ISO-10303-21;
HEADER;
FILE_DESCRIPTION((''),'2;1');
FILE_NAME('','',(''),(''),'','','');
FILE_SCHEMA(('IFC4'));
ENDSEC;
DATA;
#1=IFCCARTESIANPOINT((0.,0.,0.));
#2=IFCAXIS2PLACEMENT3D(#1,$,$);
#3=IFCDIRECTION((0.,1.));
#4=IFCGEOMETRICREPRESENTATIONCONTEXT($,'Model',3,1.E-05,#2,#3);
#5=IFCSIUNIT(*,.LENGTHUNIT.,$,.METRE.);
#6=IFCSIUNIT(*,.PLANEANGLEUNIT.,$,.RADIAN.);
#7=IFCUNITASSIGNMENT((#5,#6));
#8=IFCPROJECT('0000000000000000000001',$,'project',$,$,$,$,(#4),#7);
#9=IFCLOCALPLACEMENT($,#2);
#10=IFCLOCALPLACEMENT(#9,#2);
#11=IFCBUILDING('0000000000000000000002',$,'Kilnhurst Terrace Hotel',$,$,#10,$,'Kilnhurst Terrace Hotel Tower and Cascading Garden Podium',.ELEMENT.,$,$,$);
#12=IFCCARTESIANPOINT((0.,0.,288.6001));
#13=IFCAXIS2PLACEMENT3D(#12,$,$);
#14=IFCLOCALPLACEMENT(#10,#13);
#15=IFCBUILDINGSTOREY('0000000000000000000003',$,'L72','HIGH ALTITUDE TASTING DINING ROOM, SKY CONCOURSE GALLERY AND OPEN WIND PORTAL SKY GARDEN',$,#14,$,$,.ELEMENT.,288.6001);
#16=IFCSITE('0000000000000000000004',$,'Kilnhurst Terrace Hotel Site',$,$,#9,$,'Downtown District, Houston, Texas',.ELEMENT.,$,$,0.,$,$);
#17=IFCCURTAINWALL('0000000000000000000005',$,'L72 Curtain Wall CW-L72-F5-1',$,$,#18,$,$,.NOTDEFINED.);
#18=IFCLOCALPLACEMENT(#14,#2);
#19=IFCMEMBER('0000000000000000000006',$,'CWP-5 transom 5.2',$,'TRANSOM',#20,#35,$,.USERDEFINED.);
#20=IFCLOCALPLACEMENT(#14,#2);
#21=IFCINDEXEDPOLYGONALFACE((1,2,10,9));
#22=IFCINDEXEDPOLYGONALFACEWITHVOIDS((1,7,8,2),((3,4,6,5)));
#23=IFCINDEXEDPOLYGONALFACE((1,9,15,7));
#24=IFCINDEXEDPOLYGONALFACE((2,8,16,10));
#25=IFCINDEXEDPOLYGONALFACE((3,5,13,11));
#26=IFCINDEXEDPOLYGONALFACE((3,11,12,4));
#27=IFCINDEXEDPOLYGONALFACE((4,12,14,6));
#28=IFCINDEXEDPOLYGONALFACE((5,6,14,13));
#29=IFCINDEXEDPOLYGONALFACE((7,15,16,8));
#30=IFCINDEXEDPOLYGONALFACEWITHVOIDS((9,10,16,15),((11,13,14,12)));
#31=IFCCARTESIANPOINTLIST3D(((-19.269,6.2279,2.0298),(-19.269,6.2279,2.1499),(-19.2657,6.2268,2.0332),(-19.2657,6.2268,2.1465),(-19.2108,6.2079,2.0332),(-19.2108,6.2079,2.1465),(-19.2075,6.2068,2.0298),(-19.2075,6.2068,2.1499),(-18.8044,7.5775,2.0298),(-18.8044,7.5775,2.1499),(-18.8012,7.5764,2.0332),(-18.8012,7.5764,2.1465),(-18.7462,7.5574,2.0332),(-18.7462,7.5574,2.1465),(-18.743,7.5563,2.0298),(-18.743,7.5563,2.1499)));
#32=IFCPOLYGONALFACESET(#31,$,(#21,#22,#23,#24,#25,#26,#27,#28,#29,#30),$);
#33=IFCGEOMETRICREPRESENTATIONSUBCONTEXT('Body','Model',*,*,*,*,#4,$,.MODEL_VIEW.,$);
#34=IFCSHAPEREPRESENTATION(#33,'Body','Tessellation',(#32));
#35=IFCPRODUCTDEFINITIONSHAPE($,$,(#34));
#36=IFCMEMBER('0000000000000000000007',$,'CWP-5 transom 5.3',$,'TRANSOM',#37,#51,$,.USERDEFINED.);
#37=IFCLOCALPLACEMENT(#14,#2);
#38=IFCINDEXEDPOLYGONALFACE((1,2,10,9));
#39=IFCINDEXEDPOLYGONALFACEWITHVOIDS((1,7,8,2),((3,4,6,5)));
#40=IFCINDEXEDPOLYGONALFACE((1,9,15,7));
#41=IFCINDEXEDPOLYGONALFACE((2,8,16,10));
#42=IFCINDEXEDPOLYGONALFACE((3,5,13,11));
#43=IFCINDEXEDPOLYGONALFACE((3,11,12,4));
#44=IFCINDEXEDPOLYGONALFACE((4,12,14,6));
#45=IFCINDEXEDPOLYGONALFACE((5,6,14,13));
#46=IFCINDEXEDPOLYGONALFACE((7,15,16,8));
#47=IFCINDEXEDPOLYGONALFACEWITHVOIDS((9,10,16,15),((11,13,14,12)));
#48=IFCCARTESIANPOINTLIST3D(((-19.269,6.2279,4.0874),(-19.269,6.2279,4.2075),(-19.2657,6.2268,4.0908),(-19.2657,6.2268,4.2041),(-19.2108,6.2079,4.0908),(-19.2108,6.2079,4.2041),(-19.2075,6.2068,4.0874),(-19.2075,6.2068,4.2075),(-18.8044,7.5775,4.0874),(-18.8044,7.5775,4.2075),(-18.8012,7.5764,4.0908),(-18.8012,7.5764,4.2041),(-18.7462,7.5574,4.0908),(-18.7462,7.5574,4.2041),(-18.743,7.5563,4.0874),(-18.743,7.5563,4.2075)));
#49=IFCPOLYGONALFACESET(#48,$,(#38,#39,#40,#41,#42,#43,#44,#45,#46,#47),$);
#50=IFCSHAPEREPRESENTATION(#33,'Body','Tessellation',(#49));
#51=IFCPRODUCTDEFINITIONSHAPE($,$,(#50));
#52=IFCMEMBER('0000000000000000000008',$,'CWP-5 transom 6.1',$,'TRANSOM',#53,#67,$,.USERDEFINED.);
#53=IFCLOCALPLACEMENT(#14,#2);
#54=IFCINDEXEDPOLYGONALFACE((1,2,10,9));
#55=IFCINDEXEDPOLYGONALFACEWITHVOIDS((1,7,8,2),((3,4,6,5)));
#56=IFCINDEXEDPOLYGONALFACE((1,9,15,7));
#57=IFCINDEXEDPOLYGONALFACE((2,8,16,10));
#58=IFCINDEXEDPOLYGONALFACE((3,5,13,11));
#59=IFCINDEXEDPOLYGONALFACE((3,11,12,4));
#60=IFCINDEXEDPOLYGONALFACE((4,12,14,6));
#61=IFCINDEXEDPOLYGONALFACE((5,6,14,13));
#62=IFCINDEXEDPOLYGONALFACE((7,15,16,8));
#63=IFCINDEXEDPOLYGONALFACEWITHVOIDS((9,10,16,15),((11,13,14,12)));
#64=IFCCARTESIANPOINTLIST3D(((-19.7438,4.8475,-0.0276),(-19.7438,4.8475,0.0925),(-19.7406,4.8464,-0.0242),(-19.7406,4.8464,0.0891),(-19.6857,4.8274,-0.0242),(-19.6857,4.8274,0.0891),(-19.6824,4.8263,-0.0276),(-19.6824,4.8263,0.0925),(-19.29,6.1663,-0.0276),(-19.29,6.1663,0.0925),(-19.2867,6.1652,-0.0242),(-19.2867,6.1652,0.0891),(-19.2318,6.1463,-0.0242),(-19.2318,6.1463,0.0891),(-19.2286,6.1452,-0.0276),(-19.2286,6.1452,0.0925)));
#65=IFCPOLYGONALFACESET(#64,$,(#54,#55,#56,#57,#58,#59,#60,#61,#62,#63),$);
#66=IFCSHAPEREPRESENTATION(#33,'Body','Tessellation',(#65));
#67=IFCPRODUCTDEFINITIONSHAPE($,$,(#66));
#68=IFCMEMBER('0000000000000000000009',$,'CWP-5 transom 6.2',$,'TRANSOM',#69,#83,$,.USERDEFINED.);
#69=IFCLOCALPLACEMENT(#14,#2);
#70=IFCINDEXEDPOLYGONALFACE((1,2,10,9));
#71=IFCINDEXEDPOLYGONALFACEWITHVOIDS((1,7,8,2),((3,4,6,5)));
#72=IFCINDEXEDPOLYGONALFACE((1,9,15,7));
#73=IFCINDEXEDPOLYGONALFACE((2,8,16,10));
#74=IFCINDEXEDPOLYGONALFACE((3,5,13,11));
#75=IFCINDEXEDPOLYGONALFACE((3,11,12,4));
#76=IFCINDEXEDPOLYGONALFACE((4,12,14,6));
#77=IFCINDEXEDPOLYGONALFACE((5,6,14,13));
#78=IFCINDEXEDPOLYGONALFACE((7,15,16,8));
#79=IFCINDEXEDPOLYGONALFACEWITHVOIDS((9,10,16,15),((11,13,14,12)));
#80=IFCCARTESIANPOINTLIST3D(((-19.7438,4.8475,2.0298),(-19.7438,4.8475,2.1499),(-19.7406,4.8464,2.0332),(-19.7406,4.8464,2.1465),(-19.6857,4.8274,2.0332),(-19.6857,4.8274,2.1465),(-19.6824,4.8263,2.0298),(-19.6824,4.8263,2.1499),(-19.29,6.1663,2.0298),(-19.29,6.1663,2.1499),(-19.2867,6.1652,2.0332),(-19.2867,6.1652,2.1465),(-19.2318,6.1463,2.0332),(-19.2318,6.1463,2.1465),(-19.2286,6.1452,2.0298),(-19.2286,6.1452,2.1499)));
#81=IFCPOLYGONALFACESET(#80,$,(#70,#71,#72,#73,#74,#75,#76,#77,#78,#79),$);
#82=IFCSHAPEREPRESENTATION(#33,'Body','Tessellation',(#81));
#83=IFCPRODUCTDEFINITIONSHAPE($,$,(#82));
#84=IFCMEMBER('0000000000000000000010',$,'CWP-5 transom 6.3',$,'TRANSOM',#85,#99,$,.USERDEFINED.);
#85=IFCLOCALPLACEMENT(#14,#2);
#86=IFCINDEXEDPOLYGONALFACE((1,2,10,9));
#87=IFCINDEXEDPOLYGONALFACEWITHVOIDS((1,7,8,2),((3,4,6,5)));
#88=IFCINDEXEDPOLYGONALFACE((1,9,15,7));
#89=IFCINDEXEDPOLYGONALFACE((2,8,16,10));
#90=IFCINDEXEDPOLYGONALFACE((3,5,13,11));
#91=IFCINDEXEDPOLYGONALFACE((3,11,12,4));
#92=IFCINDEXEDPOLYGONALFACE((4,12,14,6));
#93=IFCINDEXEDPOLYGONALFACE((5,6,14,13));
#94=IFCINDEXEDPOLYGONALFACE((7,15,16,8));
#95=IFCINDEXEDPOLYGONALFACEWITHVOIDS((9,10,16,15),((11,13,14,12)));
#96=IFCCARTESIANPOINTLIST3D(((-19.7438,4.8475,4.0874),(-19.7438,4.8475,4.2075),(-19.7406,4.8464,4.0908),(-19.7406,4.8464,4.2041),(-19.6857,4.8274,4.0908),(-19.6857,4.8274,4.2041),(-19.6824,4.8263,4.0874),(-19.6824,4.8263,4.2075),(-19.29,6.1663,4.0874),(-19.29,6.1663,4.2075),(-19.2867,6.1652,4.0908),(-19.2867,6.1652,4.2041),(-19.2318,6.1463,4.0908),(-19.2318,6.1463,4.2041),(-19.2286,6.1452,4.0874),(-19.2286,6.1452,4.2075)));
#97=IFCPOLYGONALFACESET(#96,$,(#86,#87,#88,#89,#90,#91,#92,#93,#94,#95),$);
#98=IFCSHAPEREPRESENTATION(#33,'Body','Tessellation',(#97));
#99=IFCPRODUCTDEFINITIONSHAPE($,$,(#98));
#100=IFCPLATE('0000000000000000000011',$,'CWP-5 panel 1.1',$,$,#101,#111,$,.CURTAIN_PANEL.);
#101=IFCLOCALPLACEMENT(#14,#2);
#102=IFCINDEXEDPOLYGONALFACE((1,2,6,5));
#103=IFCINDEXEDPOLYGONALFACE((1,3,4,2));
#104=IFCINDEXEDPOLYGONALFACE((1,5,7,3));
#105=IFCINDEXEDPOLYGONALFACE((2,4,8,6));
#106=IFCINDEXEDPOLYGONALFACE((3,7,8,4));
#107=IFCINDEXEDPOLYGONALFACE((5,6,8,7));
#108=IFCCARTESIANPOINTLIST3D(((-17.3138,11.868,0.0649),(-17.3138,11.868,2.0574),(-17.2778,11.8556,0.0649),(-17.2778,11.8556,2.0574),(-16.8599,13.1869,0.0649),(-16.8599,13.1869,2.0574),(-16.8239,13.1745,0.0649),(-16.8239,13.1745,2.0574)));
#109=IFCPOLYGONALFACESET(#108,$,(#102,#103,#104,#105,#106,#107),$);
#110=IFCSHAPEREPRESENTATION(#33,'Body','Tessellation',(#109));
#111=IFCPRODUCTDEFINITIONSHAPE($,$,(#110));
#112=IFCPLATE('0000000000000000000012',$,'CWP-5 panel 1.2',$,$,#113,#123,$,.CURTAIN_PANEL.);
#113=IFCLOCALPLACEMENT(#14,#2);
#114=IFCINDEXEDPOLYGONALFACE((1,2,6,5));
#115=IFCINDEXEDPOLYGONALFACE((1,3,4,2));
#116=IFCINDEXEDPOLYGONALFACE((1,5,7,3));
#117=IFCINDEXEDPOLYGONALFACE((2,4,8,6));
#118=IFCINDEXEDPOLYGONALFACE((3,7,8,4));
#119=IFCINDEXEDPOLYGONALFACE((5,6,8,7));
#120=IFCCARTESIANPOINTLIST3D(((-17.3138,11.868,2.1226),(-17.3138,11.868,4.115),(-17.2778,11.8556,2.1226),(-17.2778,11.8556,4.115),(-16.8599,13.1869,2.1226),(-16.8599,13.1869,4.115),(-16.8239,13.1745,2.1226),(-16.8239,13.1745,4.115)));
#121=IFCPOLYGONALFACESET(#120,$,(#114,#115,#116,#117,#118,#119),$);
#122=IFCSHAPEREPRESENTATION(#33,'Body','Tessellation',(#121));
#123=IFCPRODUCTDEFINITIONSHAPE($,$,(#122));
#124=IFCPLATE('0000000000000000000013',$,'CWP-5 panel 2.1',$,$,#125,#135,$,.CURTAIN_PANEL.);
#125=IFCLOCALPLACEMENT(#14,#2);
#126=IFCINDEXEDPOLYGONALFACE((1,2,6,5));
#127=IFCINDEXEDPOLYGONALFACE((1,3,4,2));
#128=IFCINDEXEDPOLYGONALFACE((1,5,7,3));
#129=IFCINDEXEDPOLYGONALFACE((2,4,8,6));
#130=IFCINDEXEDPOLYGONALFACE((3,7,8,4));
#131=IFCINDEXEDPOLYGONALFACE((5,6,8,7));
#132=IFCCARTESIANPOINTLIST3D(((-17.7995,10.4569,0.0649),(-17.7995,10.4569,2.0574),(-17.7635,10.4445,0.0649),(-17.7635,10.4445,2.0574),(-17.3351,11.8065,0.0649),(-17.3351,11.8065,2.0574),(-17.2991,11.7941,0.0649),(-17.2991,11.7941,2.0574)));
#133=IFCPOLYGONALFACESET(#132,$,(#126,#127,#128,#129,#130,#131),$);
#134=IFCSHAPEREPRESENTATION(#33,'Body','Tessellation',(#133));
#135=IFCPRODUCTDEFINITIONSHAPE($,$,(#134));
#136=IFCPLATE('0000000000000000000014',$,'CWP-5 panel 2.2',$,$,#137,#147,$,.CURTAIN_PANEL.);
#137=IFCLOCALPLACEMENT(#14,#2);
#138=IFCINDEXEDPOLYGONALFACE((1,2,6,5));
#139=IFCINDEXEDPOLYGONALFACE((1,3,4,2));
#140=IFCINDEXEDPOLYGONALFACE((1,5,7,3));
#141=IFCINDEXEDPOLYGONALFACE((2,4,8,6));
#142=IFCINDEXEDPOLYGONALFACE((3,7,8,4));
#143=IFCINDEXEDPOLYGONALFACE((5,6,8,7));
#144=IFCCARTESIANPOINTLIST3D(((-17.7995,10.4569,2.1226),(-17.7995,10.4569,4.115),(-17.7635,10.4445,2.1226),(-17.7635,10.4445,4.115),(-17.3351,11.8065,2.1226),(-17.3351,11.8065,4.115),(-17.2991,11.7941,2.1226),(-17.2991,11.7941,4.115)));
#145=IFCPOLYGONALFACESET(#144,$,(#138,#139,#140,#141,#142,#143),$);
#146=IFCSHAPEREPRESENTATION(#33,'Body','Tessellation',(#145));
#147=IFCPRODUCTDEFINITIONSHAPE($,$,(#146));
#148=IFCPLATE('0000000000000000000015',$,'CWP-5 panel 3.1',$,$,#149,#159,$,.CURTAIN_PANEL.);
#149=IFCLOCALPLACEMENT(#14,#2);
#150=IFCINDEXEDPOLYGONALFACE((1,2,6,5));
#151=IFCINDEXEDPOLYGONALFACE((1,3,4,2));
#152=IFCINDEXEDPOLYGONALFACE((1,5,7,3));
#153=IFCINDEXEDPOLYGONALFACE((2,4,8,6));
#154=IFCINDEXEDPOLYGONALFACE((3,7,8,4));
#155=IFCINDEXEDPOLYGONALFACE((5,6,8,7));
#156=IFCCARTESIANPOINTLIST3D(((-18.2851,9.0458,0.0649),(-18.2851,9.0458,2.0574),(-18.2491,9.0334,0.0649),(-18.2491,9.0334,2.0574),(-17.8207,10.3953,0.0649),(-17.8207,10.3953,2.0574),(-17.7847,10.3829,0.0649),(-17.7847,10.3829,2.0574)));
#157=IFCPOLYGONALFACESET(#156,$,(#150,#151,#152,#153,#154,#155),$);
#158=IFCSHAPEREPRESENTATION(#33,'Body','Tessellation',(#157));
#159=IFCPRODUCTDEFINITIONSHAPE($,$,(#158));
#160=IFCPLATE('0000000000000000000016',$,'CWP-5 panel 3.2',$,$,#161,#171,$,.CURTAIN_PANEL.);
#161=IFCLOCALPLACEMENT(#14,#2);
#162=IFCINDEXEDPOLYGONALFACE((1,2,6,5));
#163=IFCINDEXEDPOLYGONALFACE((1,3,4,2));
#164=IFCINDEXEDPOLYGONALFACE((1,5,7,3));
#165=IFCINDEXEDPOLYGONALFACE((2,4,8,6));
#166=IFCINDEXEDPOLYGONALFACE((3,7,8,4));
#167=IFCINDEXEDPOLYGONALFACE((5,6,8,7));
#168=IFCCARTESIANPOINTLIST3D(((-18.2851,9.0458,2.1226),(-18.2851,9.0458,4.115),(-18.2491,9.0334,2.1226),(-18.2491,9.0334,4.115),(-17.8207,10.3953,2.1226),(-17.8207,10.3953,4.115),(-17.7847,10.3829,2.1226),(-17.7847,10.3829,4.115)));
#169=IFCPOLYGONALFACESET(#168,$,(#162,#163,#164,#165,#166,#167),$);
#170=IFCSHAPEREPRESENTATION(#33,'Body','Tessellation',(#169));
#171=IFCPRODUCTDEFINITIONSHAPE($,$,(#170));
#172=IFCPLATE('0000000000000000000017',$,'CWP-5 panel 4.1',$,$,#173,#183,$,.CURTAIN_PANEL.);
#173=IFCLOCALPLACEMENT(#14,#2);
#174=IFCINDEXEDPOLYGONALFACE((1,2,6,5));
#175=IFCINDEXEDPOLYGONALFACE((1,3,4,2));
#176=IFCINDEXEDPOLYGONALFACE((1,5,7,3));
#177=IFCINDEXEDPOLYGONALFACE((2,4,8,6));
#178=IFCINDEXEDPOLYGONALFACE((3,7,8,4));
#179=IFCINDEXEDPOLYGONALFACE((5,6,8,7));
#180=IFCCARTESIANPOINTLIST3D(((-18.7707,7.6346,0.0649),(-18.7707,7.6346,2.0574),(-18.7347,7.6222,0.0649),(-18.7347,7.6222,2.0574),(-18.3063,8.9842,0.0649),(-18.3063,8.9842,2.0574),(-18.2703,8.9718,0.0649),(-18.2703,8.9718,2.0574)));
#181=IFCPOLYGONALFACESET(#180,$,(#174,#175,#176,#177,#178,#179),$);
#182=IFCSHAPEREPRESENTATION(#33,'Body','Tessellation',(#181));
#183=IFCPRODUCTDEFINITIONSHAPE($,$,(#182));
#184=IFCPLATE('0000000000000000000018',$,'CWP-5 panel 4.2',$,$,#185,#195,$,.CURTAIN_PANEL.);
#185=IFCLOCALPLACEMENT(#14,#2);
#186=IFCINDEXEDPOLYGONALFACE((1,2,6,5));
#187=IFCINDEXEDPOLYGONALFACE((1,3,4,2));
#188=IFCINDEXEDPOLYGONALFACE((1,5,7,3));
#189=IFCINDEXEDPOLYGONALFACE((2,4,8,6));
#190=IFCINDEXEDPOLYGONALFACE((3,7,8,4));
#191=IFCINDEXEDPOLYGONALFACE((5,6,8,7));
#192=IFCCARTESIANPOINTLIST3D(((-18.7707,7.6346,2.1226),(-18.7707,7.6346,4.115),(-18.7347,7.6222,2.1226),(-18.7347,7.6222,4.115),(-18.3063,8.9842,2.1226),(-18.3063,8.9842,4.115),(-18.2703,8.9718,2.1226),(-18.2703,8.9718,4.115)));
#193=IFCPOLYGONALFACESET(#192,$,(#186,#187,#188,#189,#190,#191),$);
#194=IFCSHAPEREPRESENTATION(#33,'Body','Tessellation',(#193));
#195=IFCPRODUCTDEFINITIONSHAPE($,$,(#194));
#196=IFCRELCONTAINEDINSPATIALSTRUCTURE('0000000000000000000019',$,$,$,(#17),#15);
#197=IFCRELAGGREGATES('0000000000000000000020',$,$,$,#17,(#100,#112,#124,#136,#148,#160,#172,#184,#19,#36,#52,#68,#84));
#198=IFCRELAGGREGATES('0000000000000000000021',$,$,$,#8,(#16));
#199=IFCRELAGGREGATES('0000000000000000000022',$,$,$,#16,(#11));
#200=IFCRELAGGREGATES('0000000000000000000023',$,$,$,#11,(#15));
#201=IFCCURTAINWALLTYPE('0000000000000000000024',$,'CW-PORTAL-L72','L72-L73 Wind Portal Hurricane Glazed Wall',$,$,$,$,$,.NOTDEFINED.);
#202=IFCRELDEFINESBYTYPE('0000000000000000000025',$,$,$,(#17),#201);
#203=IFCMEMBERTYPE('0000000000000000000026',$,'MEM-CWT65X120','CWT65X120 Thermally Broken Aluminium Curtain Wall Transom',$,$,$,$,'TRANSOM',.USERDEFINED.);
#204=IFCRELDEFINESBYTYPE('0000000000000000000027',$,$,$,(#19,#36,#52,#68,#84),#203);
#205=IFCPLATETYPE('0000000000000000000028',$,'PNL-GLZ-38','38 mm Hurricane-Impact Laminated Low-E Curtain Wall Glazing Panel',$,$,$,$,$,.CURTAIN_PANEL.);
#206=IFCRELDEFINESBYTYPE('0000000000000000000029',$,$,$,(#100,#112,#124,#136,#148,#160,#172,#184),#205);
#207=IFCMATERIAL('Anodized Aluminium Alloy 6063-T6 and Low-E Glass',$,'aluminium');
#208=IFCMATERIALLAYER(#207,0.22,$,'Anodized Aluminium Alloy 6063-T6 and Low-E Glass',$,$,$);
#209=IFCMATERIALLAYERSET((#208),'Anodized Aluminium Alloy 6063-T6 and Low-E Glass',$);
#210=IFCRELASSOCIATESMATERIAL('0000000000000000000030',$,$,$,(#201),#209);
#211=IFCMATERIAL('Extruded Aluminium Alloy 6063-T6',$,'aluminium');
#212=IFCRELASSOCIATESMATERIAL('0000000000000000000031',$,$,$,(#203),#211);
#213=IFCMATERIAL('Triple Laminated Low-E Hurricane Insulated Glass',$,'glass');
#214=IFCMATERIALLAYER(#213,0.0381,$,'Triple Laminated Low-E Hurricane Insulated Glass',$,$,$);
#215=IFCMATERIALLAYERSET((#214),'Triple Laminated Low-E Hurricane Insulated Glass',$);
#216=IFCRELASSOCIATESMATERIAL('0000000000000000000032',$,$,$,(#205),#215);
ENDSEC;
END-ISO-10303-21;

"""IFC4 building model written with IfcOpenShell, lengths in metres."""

from ifc_helpers import new_model, si_unit, direction, frame, origin, origin_2d, place, context, subcontext, project, spatial, rectangle, hollow_rectangle, extrude, material, layer, layer_set, material_profile, profile_set, type_object, element, aggregate, save


model = new_model("IFC4")

# Units and contexts
model_context = context("Model", 3, precision=1e-05, world=origin(), true_north=direction((0.0, 1.0)))
body_context = subcontext(model_context, "Body", "Model", "MODEL_VIEW")
ifc_project = project(units=[si_unit("LENGTHUNIT", "METRE"), si_unit("PLANEANGLEUNIT", "RADIAN")], contexts=[model_context])

# Site, building, storey
site_placement = place(None, origin())
site = spatial("IfcSite", under=ifc_project, at=site_placement, Name="Kilnhurst Terrace Hotel Site", LongName="Downtown District, Houston, Texas", CompositionType="ELEMENT", RefElevation=0.0)
building_placement = place(site_placement, origin())
building = spatial("IfcBuilding", under=site, at=building_placement, Name="Kilnhurst Terrace Hotel", LongName="Kilnhurst Terrace Hotel Tower and Cascading Garden Podium", CompositionType="ELEMENT")
storey_placement = place(building_placement, frame((0.0, 0.0, 288.6001)))
storey = spatial("IfcBuildingStorey", under=building, at=storey_placement, Name="L72", Description="HIGH ALTITUDE TASTING DINING ROOM, SKY CONCOURSE GALLERY AND OPEN WIND PORTAL SKY GARDEN", CompositionType="ELEMENT", Elevation=288.6001)

# Curtain wall, members, plates
ifc_material_1 = material(Name="Anodized Aluminium Alloy 6063-T6 and Low-E Glass", Category="aluminium")
ifc_layer_1 = layer(ifc_material_1, 0.22, Name="Anodized Aluminium Alloy 6063-T6 and Low-E Glass")
ifc_layer_set_1 = layer_set([ifc_layer_1], Name="Anodized Aluminium Alloy 6063-T6 and Low-E Glass")
curtain_wall_type = type_object("IfcCurtainWallType", Name="CW-PORTAL-L72", Description="L72-L73 Wind Portal Hurricane Glazed Wall", PredefinedType="NOTDEFINED", material=ifc_layer_set_1)
curtain_wall_placement = place(storey_placement, origin())
curtain_wall = element("IfcCurtainWall", 1, at=curtain_wall_placement, inside=storey, type_object=curtain_wall_type, Name="L72 Curtain Wall CW-L72-F5-1", PredefinedType="NOTDEFINED")
ifc_material_2 = material(Name="Extruded Aluminium Alloy 6063-T6", Category="aluminium")
ifc_material_profile_1 = material_profile(ifc_material_2, hollow_rectangle(XDim=0.0649, YDim=0.1201, WallThickness=0.0034, at=origin_2d()), Name="CWT65X120")
ifc_profile_set_1 = profile_set([ifc_material_profile_1], Name="Extruded Aluminium Alloy 6063-T6")
member_type_1 = type_object("IfcMemberType", Name="MEM-CWT65X120", Description="CWT65X120 Thermally Broken Aluminium Curtain Wall Transom", ElementType="TRANSOM", PredefinedType="USERDEFINED", material=ifc_profile_set_1)
member_1_placement = place(storey_placement, frame((-18.7737, 7.5669, 2.0898), z_axis=(-0.3255, -0.945542, 0.0), x_axis=(0.945542, -0.3255, 0.0)))
member_1 = element("IfcMember", 2, at=member_1_placement, type_object=member_type_1, Name="CWP-5 transom 5.2", ObjectType="TRANSOM", PredefinedType="USERDEFINED", context=body_context, shape_type="SweptSolid", body=[
    extrude(hollow_rectangle(XDim=0.0649, YDim=0.1201, WallThickness=0.0034, at=origin_2d()), origin(), (0.0, 0.0, 1.0), 1.4272),
])
member_2_placement = place(storey_placement, frame((-18.7737, 7.5669, 4.1475), z_axis=(-0.3255, -0.945542, 0.0), x_axis=(0.945542, -0.3255, 0.0)))
member_2 = element("IfcMember", 3, at=member_2_placement, type_object=member_type_1, Name="CWP-5 transom 5.3", ObjectType="TRANSOM", PredefinedType="USERDEFINED", context=body_context, shape_type="SweptSolid", body=[
    extrude(hollow_rectangle(XDim=0.0649, YDim=0.1201, WallThickness=0.0034, at=origin_2d()), origin(), (0.0, 0.0, 1.0), 1.4272),
])
member_3_placement = place(storey_placement, frame((-19.2593, 6.1558, 0.0325), z_axis=(-0.325403, -0.945576, 0.0), x_axis=(0.945576, -0.325403, 0.0)))
member_3 = element("IfcMember", 4, at=member_3_placement, type_object=member_type_1, Name="CWP-5 transom 6.1", ObjectType="TRANSOM", PredefinedType="USERDEFINED", context=body_context, shape_type="SweptSolid", body=[
    extrude(hollow_rectangle(XDim=0.0649, YDim=0.1201, WallThickness=0.0034, at=origin_2d()), origin(), (0.0, 0.0, 1.0), 1.3948),
])
member_4_placement = place(storey_placement, frame((-19.2593, 6.1558, 2.0898), z_axis=(-0.325403, -0.945576, 0.0), x_axis=(0.945576, -0.325403, 0.0)))
member_4 = element("IfcMember", 5, at=member_4_placement, type_object=member_type_1, Name="CWP-5 transom 6.2", ObjectType="TRANSOM", PredefinedType="USERDEFINED", context=body_context, shape_type="SweptSolid", body=[
    extrude(hollow_rectangle(XDim=0.0649, YDim=0.1201, WallThickness=0.0034, at=origin_2d()), origin(), (0.0, 0.0, 1.0), 1.3948),
])
member_5_placement = place(storey_placement, frame((-19.2593, 6.1558, 4.1475), z_axis=(-0.325403, -0.945576, 0.0), x_axis=(0.945576, -0.325403, 0.0)))
member_5 = element("IfcMember", 6, at=member_5_placement, type_object=member_type_1, Name="CWP-5 transom 6.3", ObjectType="TRANSOM", PredefinedType="USERDEFINED", context=body_context, shape_type="SweptSolid", body=[
    extrude(hollow_rectangle(XDim=0.0649, YDim=0.1201, WallThickness=0.0034, at=origin_2d()), origin(), (0.0, 0.0, 1.0), 1.3948),
])
ifc_material_3 = material(Name="Triple Laminated Low-E Hurricane Insulated Glass", Category="glass")
ifc_layer_2 = layer(ifc_material_3, 0.0381, Name="Triple Laminated Low-E Hurricane Insulated Glass")
ifc_layer_set_2 = layer_set([ifc_layer_2], Name="Triple Laminated Low-E Hurricane Insulated Glass")
plate_type = type_object("IfcPlateType", Name="PNL-GLZ-38", Description="38 mm Hurricane-Impact Laminated Low-E Curtain Wall Glazing Panel", PredefinedType="CURTAIN_PANEL", material=ifc_layer_set_2)
plate_1_placement = place(storey_placement, frame((-17.0688, 12.5212, 0.0649), z_axis=(0.0, 0.0, 1.0), x_axis=(-0.325397, -0.945578, 0.0)))
plate_1 = element("IfcPlate", 7, at=plate_1_placement, type_object=plate_type, Name="CWP-5 panel 1.1", PredefinedType="CURTAIN_PANEL", context=body_context, shape_type="SweptSolid", body=[
    extrude(rectangle(XDim=1.3948, YDim=0.0381, at=origin_2d()), origin(), (0.0, 0.0, 1.0), 1.9924),
])
plate_2_placement = place(storey_placement, frame((-17.0688, 12.5212, 2.1226), z_axis=(0.0, 0.0, 1.0), x_axis=(-0.325397, -0.945578, 0.0)))
plate_2 = element("IfcPlate", 8, at=plate_2_placement, type_object=plate_type, Name="CWP-5 panel 1.2", PredefinedType="CURTAIN_PANEL", context=body_context, shape_type="SweptSolid", body=[
    extrude(rectangle(XDim=1.3948, YDim=0.0381, at=origin_2d()), origin(), (0.0, 0.0, 1.0), 1.9924),
])
plate_3_placement = place(storey_placement, frame((-17.5493, 11.1255, 0.0649), z_axis=(0.0, 0.0, 1.0), x_axis=(-0.325397, -0.945578, 0.0)))
plate_3 = element("IfcPlate", 9, at=plate_3_placement, type_object=plate_type, Name="CWP-5 panel 2.1", PredefinedType="CURTAIN_PANEL", context=body_context, shape_type="SweptSolid", body=[
    extrude(rectangle(XDim=1.4272, YDim=0.0381, at=origin_2d()), origin(), (0.0, 0.0, 1.0), 1.9924),
])
plate_4_placement = place(storey_placement, frame((-17.5493, 11.1255, 2.1226), z_axis=(0.0, 0.0, 1.0), x_axis=(-0.325397, -0.945578, 0.0)))
plate_4 = element("IfcPlate", 10, at=plate_4_placement, type_object=plate_type, Name="CWP-5 panel 2.2", PredefinedType="CURTAIN_PANEL", context=body_context, shape_type="SweptSolid", body=[
    extrude(rectangle(XDim=1.4272, YDim=0.0381, at=origin_2d()), origin(), (0.0, 0.0, 1.0), 1.9924),
])
plate_5_placement = place(storey_placement, frame((-18.0349, 9.7144, 0.0649), z_axis=(0.0, 0.0, 1.0), x_axis=(-0.325397, -0.945578, 0.0)))
plate_5 = element("IfcPlate", 11, at=plate_5_placement, type_object=plate_type, Name="CWP-5 panel 3.1", PredefinedType="CURTAIN_PANEL", context=body_context, shape_type="SweptSolid", body=[
    extrude(rectangle(XDim=1.4272, YDim=0.0381, at=origin_2d()), origin(), (0.0, 0.0, 1.0), 1.9924),
])
plate_6_placement = place(storey_placement, frame((-18.0349, 9.7144, 2.1226), z_axis=(0.0, 0.0, 1.0), x_axis=(-0.325397, -0.945578, 0.0)))
plate_6 = element("IfcPlate", 12, at=plate_6_placement, type_object=plate_type, Name="CWP-5 panel 3.2", PredefinedType="CURTAIN_PANEL", context=body_context, shape_type="SweptSolid", body=[
    extrude(rectangle(XDim=1.4272, YDim=0.0381, at=origin_2d()), origin(), (0.0, 0.0, 1.0), 1.9924),
])
plate_7_placement = place(storey_placement, frame((-18.5205, 8.3032, 0.0649), z_axis=(0.0, 0.0, 1.0), x_axis=(-0.325397, -0.945578, 0.0)))
plate_7 = element("IfcPlate", 13, at=plate_7_placement, type_object=plate_type, Name="CWP-5 panel 4.1", PredefinedType="CURTAIN_PANEL", context=body_context, shape_type="SweptSolid", body=[
    extrude(rectangle(XDim=1.4272, YDim=0.0381, at=origin_2d()), origin(), (0.0, 0.0, 1.0), 1.9924),
])
plate_8_placement = place(storey_placement, frame((-18.5205, 8.3032, 2.1226), z_axis=(0.0, 0.0, 1.0), x_axis=(-0.325397, -0.945578, 0.0)))
plate_8 = element("IfcPlate", 14, at=plate_8_placement, type_object=plate_type, Name="CWP-5 panel 4.2", PredefinedType="CURTAIN_PANEL", context=body_context, shape_type="SweptSolid", body=[
    extrude(rectangle(XDim=1.4272, YDim=0.0381, at=origin_2d()), origin(), (0.0, 0.0, 1.0), 1.9924),
])
aggregate(curtain_wall, [plate_1, plate_2, plate_3, plate_4, plate_5, plate_6, plate_7, plate_8, member_1, member_2, member_3, member_4, member_5])

save(model, "model.ifc")
